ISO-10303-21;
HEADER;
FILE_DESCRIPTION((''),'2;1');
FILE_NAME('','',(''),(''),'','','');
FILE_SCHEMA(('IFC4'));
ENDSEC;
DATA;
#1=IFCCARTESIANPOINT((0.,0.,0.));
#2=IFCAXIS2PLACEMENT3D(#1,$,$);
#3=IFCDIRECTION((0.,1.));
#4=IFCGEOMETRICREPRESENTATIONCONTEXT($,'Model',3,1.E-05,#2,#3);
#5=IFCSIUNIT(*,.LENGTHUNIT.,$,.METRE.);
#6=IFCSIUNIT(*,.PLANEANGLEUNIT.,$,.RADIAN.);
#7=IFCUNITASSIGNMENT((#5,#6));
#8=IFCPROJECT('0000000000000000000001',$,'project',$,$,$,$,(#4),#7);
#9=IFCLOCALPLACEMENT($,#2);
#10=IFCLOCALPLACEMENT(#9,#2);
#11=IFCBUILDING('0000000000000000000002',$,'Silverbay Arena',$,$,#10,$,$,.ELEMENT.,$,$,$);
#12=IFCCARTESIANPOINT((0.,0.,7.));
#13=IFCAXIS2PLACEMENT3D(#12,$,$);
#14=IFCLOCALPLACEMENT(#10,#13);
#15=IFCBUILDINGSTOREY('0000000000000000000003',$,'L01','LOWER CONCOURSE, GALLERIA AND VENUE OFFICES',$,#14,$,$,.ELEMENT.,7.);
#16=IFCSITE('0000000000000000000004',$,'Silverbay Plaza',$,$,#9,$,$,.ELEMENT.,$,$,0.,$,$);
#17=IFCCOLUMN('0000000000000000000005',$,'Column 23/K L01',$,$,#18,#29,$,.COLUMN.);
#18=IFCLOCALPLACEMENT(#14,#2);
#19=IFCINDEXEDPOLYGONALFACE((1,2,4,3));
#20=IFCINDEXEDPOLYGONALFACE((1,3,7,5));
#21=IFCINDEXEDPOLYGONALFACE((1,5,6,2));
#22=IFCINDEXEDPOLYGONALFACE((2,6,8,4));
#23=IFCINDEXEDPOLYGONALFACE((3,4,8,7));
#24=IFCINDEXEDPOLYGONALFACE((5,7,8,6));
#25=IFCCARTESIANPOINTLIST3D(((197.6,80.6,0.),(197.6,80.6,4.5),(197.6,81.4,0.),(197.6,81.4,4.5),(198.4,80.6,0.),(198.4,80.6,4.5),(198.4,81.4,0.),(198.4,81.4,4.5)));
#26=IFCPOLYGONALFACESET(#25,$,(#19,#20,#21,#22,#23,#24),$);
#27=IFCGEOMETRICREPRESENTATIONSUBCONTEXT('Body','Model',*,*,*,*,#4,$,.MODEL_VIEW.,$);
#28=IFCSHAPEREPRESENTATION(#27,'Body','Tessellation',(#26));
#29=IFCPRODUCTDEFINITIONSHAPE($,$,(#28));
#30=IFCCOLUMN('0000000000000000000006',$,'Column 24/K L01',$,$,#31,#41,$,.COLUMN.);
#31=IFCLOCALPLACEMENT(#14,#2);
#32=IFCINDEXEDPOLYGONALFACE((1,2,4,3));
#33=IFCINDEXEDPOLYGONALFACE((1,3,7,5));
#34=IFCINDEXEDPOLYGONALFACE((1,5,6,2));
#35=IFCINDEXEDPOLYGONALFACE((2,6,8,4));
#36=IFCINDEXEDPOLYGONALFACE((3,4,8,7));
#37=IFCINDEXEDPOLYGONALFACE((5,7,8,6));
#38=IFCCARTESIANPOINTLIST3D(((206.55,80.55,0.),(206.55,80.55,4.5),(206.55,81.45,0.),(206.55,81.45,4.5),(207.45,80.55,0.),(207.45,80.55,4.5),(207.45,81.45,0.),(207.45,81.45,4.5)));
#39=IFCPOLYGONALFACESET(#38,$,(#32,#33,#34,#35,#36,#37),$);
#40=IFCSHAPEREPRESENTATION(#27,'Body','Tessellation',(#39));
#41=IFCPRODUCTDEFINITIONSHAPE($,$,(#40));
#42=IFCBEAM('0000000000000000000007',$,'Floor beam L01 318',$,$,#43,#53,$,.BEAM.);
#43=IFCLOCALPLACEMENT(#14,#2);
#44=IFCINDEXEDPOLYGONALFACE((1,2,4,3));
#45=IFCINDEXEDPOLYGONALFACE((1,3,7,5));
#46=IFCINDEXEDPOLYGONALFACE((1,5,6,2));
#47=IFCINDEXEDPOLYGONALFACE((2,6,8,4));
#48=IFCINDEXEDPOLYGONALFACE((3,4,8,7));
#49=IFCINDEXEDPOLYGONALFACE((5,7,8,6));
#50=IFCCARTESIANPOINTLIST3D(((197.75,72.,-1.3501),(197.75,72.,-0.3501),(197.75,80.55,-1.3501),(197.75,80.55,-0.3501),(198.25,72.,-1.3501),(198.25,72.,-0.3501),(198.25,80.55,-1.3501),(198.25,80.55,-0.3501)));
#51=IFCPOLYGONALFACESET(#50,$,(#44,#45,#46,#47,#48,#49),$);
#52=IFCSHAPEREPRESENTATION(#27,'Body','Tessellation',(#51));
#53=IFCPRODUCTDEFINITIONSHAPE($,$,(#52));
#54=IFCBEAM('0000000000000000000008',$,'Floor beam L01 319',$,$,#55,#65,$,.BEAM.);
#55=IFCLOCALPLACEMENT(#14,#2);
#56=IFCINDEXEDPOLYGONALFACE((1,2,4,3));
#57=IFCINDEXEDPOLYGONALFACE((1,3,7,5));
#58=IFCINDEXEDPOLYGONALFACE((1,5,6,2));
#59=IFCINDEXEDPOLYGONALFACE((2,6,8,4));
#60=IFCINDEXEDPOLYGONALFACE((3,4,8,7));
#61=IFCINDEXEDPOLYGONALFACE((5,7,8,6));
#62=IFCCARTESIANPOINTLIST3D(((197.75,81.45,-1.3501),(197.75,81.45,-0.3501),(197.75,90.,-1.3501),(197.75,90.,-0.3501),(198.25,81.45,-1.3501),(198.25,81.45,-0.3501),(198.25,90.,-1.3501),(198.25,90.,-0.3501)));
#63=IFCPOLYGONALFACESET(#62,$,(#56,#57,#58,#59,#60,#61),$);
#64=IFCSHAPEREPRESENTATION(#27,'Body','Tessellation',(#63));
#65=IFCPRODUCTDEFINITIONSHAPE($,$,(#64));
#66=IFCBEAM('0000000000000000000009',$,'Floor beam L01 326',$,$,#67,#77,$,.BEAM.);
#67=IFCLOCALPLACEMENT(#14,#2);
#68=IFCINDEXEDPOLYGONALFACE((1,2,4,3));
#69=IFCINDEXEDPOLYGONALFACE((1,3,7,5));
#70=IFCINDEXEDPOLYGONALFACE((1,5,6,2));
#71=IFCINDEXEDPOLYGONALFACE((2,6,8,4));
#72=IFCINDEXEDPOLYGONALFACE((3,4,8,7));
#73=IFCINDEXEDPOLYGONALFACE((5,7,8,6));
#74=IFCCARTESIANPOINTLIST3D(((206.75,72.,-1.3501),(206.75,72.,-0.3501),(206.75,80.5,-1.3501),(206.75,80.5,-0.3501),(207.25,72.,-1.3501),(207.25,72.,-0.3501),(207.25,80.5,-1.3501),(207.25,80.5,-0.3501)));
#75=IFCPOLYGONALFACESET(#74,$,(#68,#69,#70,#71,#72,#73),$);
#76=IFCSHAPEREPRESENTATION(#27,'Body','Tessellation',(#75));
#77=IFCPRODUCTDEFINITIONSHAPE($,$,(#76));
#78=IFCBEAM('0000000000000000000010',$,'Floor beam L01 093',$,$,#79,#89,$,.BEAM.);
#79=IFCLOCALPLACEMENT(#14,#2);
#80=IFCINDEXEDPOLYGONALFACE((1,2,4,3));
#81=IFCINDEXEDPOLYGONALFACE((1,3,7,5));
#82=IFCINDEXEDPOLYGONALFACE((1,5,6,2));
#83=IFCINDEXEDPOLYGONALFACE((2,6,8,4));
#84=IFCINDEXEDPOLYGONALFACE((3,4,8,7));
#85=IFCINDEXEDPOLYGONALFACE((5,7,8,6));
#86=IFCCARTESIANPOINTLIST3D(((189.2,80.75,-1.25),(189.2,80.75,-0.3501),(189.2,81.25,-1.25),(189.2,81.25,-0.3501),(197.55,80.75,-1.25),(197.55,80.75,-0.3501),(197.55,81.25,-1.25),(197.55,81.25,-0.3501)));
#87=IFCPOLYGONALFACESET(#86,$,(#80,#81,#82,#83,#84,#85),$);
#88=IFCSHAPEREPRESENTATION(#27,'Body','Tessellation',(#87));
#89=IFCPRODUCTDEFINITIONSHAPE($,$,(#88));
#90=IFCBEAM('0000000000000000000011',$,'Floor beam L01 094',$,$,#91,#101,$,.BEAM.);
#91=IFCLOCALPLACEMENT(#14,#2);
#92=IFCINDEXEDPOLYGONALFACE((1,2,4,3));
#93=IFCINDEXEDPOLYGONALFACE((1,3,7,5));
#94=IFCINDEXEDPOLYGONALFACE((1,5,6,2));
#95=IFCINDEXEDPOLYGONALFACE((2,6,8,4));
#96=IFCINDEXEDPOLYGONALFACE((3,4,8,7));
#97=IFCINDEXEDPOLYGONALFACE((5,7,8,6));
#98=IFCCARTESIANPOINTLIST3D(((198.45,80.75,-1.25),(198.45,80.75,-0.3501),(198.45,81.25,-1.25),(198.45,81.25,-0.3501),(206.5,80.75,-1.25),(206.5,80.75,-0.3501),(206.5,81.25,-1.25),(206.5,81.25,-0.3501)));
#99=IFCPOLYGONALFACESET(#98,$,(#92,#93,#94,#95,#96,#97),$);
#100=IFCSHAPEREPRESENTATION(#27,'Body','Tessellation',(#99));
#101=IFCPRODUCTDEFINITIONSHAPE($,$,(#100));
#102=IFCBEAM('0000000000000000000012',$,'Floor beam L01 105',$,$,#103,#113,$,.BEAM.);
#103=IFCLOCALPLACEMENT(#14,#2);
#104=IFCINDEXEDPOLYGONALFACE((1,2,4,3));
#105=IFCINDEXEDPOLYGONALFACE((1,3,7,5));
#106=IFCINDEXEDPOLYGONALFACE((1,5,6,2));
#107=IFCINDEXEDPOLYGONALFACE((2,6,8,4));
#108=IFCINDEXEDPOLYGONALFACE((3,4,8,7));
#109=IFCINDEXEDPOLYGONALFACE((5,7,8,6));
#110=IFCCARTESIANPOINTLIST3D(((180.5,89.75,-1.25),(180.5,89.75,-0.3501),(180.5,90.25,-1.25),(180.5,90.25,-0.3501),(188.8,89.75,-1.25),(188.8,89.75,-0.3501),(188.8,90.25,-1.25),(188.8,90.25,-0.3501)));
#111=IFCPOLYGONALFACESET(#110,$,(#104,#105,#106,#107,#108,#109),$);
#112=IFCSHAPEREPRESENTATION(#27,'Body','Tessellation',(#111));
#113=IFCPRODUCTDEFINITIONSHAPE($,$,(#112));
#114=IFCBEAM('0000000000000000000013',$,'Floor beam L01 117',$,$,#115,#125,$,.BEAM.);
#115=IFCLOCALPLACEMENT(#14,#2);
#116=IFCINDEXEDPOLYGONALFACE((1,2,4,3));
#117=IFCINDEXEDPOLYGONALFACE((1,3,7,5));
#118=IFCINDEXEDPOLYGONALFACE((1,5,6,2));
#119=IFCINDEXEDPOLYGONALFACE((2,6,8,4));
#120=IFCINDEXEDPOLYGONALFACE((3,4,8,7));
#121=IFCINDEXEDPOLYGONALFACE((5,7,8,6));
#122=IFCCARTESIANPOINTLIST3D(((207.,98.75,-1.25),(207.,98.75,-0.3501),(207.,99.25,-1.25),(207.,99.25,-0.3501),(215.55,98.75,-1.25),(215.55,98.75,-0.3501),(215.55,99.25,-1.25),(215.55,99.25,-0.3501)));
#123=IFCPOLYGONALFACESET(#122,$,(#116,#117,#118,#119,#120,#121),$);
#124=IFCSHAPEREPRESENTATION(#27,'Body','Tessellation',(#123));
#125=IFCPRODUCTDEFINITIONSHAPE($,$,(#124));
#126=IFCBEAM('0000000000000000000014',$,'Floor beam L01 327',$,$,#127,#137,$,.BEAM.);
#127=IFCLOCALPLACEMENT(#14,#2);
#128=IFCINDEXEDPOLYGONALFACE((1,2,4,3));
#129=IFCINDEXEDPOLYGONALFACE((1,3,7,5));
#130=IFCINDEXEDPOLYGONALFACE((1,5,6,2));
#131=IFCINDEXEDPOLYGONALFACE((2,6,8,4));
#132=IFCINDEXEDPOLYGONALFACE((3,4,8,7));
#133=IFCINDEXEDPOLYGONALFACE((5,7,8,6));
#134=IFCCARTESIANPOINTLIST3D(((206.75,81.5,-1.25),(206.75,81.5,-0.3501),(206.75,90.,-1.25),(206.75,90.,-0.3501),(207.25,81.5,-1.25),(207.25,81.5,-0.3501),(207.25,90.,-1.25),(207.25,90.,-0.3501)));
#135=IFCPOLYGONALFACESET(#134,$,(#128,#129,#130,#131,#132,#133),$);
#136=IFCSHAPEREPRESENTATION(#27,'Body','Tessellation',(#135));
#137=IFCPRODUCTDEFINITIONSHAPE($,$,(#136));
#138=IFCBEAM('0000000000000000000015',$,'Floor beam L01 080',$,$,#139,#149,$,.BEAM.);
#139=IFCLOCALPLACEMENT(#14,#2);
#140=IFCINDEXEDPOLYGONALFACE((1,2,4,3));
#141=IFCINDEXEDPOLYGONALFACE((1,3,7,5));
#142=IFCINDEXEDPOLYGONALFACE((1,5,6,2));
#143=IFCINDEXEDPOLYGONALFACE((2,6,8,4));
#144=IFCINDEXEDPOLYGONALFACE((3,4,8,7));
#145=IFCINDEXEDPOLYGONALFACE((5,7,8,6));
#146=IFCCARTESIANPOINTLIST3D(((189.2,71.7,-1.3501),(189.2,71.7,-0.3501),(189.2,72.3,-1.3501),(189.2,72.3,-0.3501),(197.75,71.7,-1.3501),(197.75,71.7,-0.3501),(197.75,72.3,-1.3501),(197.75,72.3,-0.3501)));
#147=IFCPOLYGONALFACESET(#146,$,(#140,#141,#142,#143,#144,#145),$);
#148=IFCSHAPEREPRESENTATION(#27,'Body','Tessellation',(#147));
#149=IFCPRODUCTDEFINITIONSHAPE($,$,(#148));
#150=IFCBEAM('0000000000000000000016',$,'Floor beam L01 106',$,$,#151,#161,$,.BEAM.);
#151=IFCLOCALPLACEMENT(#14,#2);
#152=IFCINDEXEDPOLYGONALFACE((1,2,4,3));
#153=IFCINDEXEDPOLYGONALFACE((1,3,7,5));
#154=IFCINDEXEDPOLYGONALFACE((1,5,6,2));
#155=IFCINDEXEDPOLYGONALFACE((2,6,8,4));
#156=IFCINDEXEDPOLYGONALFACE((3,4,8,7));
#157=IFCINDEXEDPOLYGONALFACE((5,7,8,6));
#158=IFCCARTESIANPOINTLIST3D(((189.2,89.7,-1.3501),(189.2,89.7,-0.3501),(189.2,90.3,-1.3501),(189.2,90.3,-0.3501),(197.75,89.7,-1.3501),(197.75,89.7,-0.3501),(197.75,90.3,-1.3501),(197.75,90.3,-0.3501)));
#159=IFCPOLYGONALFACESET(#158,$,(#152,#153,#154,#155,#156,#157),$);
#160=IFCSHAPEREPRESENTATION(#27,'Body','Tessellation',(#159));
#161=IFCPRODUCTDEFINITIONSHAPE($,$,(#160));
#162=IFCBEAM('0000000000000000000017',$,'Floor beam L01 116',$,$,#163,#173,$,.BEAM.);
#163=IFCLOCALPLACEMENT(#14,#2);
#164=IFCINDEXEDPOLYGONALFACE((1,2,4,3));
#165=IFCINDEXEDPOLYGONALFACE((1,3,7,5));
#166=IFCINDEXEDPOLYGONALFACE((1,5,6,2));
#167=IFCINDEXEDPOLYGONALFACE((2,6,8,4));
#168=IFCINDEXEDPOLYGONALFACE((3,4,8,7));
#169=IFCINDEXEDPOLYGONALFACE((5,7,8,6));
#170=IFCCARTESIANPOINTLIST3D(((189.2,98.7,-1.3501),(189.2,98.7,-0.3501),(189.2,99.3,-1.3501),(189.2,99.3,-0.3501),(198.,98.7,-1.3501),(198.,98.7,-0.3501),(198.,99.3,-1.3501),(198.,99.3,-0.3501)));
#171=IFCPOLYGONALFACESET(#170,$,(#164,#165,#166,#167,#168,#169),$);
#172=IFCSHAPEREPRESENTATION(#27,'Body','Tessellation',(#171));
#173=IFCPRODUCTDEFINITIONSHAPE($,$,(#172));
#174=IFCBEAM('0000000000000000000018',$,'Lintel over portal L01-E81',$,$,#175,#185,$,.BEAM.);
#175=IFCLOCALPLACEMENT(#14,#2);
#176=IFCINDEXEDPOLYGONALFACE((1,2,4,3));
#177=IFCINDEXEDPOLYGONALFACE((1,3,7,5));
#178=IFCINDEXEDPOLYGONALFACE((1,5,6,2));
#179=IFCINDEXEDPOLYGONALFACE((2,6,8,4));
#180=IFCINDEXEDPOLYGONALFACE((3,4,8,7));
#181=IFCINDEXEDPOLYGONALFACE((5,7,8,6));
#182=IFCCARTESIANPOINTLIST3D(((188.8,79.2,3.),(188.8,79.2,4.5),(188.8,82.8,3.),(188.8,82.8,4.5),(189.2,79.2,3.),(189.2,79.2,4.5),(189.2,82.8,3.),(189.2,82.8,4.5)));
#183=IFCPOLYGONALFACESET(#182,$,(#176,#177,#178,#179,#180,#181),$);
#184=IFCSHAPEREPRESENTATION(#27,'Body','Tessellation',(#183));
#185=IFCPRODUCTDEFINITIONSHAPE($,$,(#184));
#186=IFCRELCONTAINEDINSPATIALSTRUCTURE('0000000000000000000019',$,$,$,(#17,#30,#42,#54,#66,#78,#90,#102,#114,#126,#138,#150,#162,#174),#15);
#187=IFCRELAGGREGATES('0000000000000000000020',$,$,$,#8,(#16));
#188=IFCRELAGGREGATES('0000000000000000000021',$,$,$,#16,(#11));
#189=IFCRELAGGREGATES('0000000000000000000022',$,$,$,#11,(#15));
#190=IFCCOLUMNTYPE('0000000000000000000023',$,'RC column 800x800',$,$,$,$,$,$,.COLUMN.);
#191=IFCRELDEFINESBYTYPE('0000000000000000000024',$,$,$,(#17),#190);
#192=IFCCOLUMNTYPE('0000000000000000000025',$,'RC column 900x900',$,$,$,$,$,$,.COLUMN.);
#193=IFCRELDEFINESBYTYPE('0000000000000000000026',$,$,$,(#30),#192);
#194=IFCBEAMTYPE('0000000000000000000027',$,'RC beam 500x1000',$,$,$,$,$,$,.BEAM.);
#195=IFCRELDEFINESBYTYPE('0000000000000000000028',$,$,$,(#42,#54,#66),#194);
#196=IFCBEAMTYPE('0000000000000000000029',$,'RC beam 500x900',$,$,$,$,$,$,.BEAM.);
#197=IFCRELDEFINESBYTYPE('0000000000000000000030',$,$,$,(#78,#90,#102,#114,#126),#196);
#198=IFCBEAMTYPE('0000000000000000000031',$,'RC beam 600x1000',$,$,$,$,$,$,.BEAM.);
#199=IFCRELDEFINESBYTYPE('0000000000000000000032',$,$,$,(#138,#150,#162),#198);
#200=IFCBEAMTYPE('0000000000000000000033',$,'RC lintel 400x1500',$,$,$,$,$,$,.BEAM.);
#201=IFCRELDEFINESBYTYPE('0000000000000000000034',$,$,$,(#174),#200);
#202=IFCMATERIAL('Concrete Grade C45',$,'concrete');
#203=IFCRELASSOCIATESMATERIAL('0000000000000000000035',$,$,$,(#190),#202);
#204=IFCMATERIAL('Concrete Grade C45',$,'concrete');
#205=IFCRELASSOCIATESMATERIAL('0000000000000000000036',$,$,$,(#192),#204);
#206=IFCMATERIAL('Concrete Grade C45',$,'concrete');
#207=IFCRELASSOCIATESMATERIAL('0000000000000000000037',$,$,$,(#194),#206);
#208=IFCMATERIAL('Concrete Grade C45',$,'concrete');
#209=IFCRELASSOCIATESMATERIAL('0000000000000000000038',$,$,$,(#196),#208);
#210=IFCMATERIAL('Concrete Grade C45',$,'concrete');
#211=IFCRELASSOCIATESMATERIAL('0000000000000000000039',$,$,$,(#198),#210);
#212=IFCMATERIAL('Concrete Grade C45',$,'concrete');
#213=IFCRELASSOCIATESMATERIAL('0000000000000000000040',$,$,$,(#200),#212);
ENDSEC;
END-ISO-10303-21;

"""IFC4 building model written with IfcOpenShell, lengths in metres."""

from ifc_helpers import new_model, si_unit, direction, frame, origin, origin_2d, place, context, subcontext, project, spatial, rectangle, extrude, material, material_profile, profile_set, type_object, element, save


model = new_model("IFC4")

# Units and contexts
model_context = context("Model", 3, precision=1e-05, world=origin(), true_north=direction((0.0, 1.0)))
body_context = subcontext(model_context, "Body", "Model", "MODEL_VIEW")
ifc_project = project(units=[si_unit("LENGTHUNIT", "METRE"), si_unit("PLANEANGLEUNIT", "RADIAN")], contexts=[model_context])

# Site, building, storey
site_placement = place(None, origin())
site = spatial("IfcSite", under=ifc_project, at=site_placement, Name="Silverbay Plaza", CompositionType="ELEMENT", RefElevation=0.0)
building_placement = place(site_placement, origin())
building = spatial("IfcBuilding", under=site, at=building_placement, Name="Silverbay Arena", CompositionType="ELEMENT")
storey_placement = place(building_placement, frame((0.0, 0.0, 7.0)))
storey = spatial("IfcBuildingStorey", under=building, at=storey_placement, Name="L01", Description="LOWER CONCOURSE, GALLERIA AND VENUE OFFICES", CompositionType="ELEMENT", Elevation=7.0)

# Columns
ifc_material_1 = material(Name="Concrete Grade C45", Category="concrete")
ifc_material_profile_1 = material_profile(ifc_material_1, rectangle(XDim=0.8, YDim=0.8, at=origin_2d()), Name="RC 800x800")
ifc_profile_set_1 = profile_set([ifc_material_profile_1], Name="Concrete Grade C45")
column_type_1 = type_object("IfcColumnType", Name="RC column 800x800", PredefinedType="COLUMN", material=ifc_profile_set_1)
column_1_placement = place(storey_placement, frame((198.0, 81.0, 0.0), z_axis=(0.0, 0.0, 1.0), x_axis=(1.0, 0.0, 0.0)))
element("IfcColumn", 1, at=column_1_placement, inside=storey, type_object=column_type_1, Name="Column 23/K L01", PredefinedType="COLUMN", context=body_context, shape_type="SweptSolid", body=[
    extrude(rectangle(XDim=0.8, YDim=0.8, at=origin_2d()), origin(), (0.0, 0.0, 1.0), 4.5),
])
ifc_material_2 = material(Name="Concrete Grade C45", Category="concrete")
ifc_material_profile_2 = material_profile(ifc_material_2, rectangle(XDim=0.8999, YDim=0.8999, at=origin_2d()), Name="RC 900x900")
ifc_profile_set_2 = profile_set([ifc_material_profile_2], Name="Concrete Grade C45")
column_type_2 = type_object("IfcColumnType", Name="RC column 900x900", PredefinedType="COLUMN", material=ifc_profile_set_2)
column_2_placement = place(storey_placement, frame((207.0, 81.0, 0.0), z_axis=(0.0, 0.0, 1.0), x_axis=(1.0, 0.0, 0.0)))
element("IfcColumn", 2, at=column_2_placement, inside=storey, type_object=column_type_2, Name="Column 24/K L01", PredefinedType="COLUMN", context=body_context, shape_type="SweptSolid", body=[
    extrude(rectangle(XDim=0.8999, YDim=0.8999, at=origin_2d()), origin(), (0.0, 0.0, 1.0), 4.5),
])

# Beams
ifc_material_3 = material(Name="Concrete Grade C45", Category="concrete")
ifc_material_profile_3 = material_profile(ifc_material_3, rectangle(XDim=0.5, YDim=1.0, at=origin_2d()), Name="RC 500x1000")
ifc_profile_set_3 = profile_set([ifc_material_profile_3], Name="Concrete Grade C45")
beam_type_1 = type_object("IfcBeamType", Name="RC beam 500x1000", PredefinedType="BEAM", material=ifc_profile_set_3)
for number, where, z_axis, x_axis, name in (
    (3, (198.0, 72.0, -0.8501), (0.0, 1.0, 0.0), (-1.0, 0.0, 0.0), "Floor beam L01 318"),
    (4, (198.0, 81.45, -0.8501), (0.0, 1.0, 0.0), (-1.0, 0.0, 0.0), "Floor beam L01 319"),
):
    element("IfcBeam", number, at=place(storey_placement, frame(where, z_axis=z_axis, x_axis=x_axis)), inside=storey, type_object=beam_type_1, Name=name, PredefinedType="BEAM", context=body_context, shape_type="SweptSolid", body=[
        extrude(rectangle(XDim=0.5, YDim=1.0, at=origin_2d()), origin(), (0.0, 0.0, 1.0), 8.55),
    ])
beam_1_placement = place(storey_placement, frame((207.0, 72.0, -0.8501), z_axis=(0.0, 1.0, 0.0), x_axis=(-1.0, 0.0, 0.0)))
element("IfcBeam", 5, at=beam_1_placement, inside=storey, type_object=beam_type_1, Name="Floor beam L01 326", PredefinedType="BEAM", context=body_context, shape_type="SweptSolid", body=[
    extrude(rectangle(XDim=0.5, YDim=1.0, at=origin_2d()), origin(), (0.0, 0.0, 1.0), 8.5),
])
ifc_material_4 = material(Name="Concrete Grade C45", Category="concrete")
ifc_material_profile_4 = material_profile(ifc_material_4, rectangle(XDim=0.5, YDim=0.8999, at=origin_2d()), Name="RC 500x900")
ifc_profile_set_4 = profile_set([ifc_material_profile_4], Name="Concrete Grade C45")
beam_type_2 = type_object("IfcBeamType", Name="RC beam 500x900", PredefinedType="BEAM", material=ifc_profile_set_4)
beam_2_placement = place(storey_placement, frame((189.2, 81.0, -0.8), z_axis=(1.0, 0.0, 0.0), x_axis=(0.0, 1.0, 0.0)))
element("IfcBeam", 6, at=beam_2_placement, inside=storey, type_object=beam_type_2, Name="Floor beam L01 093", PredefinedType="BEAM", context=body_context, shape_type="SweptSolid", body=[
    extrude(rectangle(XDim=0.5, YDim=0.8999, at=origin_2d()), origin(), (0.0, 0.0, 1.0), 8.3501),
])
beam_3_placement = place(storey_placement, frame((198.45, 81.0, -0.8), z_axis=(1.0, 0.0, 0.0), x_axis=(0.0, 1.0, 0.0)))
element("IfcBeam", 7, at=beam_3_placement, inside=storey, type_object=beam_type_2, Name="Floor beam L01 094", PredefinedType="BEAM", context=body_context, shape_type="SweptSolid", body=[
    extrude(rectangle(XDim=0.5, YDim=0.8999, at=origin_2d()), origin(), (0.0, 0.0, 1.0), 8.05),
])
beam_4_placement = place(storey_placement, frame((180.5, 90.0, -0.8), z_axis=(1.0, 0.0, 0.0), x_axis=(0.0, 1.0, 0.0)))
element("IfcBeam", 8, at=beam_4_placement, inside=storey, type_object=beam_type_2, Name="Floor beam L01 105", PredefinedType="BEAM", context=body_context, shape_type="SweptSolid", body=[
    extrude(rectangle(XDim=0.5, YDim=0.8999, at=origin_2d()), origin(), (0.0, 0.0, 1.0), 8.3),
])
beam_5_placement = place(storey_placement, frame((207.0, 99.0, -0.8), z_axis=(1.0, 0.0, 0.0), x_axis=(0.0, 1.0, 0.0)))
element("IfcBeam", 9, at=beam_5_placement, inside=storey, type_object=beam_type_2, Name="Floor beam L01 117", PredefinedType="BEAM", context=body_context, shape_type="SweptSolid", body=[
    extrude(rectangle(XDim=0.5, YDim=0.8999, at=origin_2d()), origin(), (0.0, 0.0, 1.0), 8.55),
])
beam_6_placement = place(storey_placement, frame((207.0, 81.5, -0.8), z_axis=(0.0, 1.0, 0.0), x_axis=(-1.0, 0.0, 0.0)))
element("IfcBeam", 10, at=beam_6_placement, inside=storey, type_object=beam_type_2, Name="Floor beam L01 327", PredefinedType="BEAM", context=body_context, shape_type="SweptSolid", body=[
    extrude(rectangle(XDim=0.5, YDim=0.8999, at=origin_2d()), origin(), (0.0, 0.0, 1.0), 8.5),
])
ifc_material_5 = material(Name="Concrete Grade C45", Category="concrete")
ifc_material_profile_5 = material_profile(ifc_material_5, rectangle(XDim=0.6001, YDim=1.0, at=origin_2d()), Name="RC 600x1000")
ifc_profile_set_5 = profile_set([ifc_material_profile_5], Name="Concrete Grade C45")
beam_type_3 = type_object("IfcBeamType", Name="RC beam 600x1000", PredefinedType="BEAM", material=ifc_profile_set_5)
for number, where, z_axis, x_axis, name in (
    (11, (189.2, 72.0, -0.8501), (1.0, 0.0, 0.0), (0.0, 1.0, 0.0), "Floor beam L01 080"),
    (12, (189.2, 90.0, -0.8501), (1.0, 0.0, 0.0), (0.0, 1.0, 0.0), "Floor beam L01 106"),
):
    element("IfcBeam", number, at=place(storey_placement, frame(where, z_axis=z_axis, x_axis=x_axis)), inside=storey, type_object=beam_type_3, Name=name, PredefinedType="BEAM", context=body_context, shape_type="SweptSolid", body=[
        extrude(rectangle(XDim=0.6001, YDim=1.0, at=origin_2d()), origin(), (0.0, 0.0, 1.0), 8.55),
    ])
beam_7_placement = place(storey_placement, frame((189.2, 99.0, -0.8501), z_axis=(1.0, 0.0, 0.0), x_axis=(0.0, 1.0, 0.0)))
element("IfcBeam", 13, at=beam_7_placement, inside=storey, type_object=beam_type_3, Name="Floor beam L01 116", PredefinedType="BEAM", context=body_context, shape_type="SweptSolid", body=[
    extrude(rectangle(XDim=0.6001, YDim=1.0, at=origin_2d()), origin(), (0.0, 0.0, 1.0), 8.8),
])
ifc_material_6 = material(Name="Concrete Grade C45", Category="concrete")
ifc_material_profile_6 = material_profile(ifc_material_6, rectangle(XDim=0.3999, YDim=1.5, at=origin_2d()), Name="RC 400x1500")
ifc_profile_set_6 = profile_set([ifc_material_profile_6], Name="Concrete Grade C45")
beam_type_4 = type_object("IfcBeamType", Name="RC lintel 400x1500", PredefinedType="BEAM", material=ifc_profile_set_6)
beam_8_placement = place(storey_placement, frame((189.0, 79.2, 3.75), z_axis=(0.0, 1.0, 0.0), x_axis=(-1.0, 0.0, 0.0)))
element("IfcBeam", 14, at=beam_8_placement, inside=storey, type_object=beam_type_4, Name="Lintel over portal L01-E81", PredefinedType="BEAM", context=body_context, shape_type="SweptSolid", body=[
    extrude(rectangle(XDim=0.3999, YDim=1.5, at=origin_2d()), origin(), (0.0, 0.0, 1.0), 3.6001),
])

save(model, "model.ifc")
